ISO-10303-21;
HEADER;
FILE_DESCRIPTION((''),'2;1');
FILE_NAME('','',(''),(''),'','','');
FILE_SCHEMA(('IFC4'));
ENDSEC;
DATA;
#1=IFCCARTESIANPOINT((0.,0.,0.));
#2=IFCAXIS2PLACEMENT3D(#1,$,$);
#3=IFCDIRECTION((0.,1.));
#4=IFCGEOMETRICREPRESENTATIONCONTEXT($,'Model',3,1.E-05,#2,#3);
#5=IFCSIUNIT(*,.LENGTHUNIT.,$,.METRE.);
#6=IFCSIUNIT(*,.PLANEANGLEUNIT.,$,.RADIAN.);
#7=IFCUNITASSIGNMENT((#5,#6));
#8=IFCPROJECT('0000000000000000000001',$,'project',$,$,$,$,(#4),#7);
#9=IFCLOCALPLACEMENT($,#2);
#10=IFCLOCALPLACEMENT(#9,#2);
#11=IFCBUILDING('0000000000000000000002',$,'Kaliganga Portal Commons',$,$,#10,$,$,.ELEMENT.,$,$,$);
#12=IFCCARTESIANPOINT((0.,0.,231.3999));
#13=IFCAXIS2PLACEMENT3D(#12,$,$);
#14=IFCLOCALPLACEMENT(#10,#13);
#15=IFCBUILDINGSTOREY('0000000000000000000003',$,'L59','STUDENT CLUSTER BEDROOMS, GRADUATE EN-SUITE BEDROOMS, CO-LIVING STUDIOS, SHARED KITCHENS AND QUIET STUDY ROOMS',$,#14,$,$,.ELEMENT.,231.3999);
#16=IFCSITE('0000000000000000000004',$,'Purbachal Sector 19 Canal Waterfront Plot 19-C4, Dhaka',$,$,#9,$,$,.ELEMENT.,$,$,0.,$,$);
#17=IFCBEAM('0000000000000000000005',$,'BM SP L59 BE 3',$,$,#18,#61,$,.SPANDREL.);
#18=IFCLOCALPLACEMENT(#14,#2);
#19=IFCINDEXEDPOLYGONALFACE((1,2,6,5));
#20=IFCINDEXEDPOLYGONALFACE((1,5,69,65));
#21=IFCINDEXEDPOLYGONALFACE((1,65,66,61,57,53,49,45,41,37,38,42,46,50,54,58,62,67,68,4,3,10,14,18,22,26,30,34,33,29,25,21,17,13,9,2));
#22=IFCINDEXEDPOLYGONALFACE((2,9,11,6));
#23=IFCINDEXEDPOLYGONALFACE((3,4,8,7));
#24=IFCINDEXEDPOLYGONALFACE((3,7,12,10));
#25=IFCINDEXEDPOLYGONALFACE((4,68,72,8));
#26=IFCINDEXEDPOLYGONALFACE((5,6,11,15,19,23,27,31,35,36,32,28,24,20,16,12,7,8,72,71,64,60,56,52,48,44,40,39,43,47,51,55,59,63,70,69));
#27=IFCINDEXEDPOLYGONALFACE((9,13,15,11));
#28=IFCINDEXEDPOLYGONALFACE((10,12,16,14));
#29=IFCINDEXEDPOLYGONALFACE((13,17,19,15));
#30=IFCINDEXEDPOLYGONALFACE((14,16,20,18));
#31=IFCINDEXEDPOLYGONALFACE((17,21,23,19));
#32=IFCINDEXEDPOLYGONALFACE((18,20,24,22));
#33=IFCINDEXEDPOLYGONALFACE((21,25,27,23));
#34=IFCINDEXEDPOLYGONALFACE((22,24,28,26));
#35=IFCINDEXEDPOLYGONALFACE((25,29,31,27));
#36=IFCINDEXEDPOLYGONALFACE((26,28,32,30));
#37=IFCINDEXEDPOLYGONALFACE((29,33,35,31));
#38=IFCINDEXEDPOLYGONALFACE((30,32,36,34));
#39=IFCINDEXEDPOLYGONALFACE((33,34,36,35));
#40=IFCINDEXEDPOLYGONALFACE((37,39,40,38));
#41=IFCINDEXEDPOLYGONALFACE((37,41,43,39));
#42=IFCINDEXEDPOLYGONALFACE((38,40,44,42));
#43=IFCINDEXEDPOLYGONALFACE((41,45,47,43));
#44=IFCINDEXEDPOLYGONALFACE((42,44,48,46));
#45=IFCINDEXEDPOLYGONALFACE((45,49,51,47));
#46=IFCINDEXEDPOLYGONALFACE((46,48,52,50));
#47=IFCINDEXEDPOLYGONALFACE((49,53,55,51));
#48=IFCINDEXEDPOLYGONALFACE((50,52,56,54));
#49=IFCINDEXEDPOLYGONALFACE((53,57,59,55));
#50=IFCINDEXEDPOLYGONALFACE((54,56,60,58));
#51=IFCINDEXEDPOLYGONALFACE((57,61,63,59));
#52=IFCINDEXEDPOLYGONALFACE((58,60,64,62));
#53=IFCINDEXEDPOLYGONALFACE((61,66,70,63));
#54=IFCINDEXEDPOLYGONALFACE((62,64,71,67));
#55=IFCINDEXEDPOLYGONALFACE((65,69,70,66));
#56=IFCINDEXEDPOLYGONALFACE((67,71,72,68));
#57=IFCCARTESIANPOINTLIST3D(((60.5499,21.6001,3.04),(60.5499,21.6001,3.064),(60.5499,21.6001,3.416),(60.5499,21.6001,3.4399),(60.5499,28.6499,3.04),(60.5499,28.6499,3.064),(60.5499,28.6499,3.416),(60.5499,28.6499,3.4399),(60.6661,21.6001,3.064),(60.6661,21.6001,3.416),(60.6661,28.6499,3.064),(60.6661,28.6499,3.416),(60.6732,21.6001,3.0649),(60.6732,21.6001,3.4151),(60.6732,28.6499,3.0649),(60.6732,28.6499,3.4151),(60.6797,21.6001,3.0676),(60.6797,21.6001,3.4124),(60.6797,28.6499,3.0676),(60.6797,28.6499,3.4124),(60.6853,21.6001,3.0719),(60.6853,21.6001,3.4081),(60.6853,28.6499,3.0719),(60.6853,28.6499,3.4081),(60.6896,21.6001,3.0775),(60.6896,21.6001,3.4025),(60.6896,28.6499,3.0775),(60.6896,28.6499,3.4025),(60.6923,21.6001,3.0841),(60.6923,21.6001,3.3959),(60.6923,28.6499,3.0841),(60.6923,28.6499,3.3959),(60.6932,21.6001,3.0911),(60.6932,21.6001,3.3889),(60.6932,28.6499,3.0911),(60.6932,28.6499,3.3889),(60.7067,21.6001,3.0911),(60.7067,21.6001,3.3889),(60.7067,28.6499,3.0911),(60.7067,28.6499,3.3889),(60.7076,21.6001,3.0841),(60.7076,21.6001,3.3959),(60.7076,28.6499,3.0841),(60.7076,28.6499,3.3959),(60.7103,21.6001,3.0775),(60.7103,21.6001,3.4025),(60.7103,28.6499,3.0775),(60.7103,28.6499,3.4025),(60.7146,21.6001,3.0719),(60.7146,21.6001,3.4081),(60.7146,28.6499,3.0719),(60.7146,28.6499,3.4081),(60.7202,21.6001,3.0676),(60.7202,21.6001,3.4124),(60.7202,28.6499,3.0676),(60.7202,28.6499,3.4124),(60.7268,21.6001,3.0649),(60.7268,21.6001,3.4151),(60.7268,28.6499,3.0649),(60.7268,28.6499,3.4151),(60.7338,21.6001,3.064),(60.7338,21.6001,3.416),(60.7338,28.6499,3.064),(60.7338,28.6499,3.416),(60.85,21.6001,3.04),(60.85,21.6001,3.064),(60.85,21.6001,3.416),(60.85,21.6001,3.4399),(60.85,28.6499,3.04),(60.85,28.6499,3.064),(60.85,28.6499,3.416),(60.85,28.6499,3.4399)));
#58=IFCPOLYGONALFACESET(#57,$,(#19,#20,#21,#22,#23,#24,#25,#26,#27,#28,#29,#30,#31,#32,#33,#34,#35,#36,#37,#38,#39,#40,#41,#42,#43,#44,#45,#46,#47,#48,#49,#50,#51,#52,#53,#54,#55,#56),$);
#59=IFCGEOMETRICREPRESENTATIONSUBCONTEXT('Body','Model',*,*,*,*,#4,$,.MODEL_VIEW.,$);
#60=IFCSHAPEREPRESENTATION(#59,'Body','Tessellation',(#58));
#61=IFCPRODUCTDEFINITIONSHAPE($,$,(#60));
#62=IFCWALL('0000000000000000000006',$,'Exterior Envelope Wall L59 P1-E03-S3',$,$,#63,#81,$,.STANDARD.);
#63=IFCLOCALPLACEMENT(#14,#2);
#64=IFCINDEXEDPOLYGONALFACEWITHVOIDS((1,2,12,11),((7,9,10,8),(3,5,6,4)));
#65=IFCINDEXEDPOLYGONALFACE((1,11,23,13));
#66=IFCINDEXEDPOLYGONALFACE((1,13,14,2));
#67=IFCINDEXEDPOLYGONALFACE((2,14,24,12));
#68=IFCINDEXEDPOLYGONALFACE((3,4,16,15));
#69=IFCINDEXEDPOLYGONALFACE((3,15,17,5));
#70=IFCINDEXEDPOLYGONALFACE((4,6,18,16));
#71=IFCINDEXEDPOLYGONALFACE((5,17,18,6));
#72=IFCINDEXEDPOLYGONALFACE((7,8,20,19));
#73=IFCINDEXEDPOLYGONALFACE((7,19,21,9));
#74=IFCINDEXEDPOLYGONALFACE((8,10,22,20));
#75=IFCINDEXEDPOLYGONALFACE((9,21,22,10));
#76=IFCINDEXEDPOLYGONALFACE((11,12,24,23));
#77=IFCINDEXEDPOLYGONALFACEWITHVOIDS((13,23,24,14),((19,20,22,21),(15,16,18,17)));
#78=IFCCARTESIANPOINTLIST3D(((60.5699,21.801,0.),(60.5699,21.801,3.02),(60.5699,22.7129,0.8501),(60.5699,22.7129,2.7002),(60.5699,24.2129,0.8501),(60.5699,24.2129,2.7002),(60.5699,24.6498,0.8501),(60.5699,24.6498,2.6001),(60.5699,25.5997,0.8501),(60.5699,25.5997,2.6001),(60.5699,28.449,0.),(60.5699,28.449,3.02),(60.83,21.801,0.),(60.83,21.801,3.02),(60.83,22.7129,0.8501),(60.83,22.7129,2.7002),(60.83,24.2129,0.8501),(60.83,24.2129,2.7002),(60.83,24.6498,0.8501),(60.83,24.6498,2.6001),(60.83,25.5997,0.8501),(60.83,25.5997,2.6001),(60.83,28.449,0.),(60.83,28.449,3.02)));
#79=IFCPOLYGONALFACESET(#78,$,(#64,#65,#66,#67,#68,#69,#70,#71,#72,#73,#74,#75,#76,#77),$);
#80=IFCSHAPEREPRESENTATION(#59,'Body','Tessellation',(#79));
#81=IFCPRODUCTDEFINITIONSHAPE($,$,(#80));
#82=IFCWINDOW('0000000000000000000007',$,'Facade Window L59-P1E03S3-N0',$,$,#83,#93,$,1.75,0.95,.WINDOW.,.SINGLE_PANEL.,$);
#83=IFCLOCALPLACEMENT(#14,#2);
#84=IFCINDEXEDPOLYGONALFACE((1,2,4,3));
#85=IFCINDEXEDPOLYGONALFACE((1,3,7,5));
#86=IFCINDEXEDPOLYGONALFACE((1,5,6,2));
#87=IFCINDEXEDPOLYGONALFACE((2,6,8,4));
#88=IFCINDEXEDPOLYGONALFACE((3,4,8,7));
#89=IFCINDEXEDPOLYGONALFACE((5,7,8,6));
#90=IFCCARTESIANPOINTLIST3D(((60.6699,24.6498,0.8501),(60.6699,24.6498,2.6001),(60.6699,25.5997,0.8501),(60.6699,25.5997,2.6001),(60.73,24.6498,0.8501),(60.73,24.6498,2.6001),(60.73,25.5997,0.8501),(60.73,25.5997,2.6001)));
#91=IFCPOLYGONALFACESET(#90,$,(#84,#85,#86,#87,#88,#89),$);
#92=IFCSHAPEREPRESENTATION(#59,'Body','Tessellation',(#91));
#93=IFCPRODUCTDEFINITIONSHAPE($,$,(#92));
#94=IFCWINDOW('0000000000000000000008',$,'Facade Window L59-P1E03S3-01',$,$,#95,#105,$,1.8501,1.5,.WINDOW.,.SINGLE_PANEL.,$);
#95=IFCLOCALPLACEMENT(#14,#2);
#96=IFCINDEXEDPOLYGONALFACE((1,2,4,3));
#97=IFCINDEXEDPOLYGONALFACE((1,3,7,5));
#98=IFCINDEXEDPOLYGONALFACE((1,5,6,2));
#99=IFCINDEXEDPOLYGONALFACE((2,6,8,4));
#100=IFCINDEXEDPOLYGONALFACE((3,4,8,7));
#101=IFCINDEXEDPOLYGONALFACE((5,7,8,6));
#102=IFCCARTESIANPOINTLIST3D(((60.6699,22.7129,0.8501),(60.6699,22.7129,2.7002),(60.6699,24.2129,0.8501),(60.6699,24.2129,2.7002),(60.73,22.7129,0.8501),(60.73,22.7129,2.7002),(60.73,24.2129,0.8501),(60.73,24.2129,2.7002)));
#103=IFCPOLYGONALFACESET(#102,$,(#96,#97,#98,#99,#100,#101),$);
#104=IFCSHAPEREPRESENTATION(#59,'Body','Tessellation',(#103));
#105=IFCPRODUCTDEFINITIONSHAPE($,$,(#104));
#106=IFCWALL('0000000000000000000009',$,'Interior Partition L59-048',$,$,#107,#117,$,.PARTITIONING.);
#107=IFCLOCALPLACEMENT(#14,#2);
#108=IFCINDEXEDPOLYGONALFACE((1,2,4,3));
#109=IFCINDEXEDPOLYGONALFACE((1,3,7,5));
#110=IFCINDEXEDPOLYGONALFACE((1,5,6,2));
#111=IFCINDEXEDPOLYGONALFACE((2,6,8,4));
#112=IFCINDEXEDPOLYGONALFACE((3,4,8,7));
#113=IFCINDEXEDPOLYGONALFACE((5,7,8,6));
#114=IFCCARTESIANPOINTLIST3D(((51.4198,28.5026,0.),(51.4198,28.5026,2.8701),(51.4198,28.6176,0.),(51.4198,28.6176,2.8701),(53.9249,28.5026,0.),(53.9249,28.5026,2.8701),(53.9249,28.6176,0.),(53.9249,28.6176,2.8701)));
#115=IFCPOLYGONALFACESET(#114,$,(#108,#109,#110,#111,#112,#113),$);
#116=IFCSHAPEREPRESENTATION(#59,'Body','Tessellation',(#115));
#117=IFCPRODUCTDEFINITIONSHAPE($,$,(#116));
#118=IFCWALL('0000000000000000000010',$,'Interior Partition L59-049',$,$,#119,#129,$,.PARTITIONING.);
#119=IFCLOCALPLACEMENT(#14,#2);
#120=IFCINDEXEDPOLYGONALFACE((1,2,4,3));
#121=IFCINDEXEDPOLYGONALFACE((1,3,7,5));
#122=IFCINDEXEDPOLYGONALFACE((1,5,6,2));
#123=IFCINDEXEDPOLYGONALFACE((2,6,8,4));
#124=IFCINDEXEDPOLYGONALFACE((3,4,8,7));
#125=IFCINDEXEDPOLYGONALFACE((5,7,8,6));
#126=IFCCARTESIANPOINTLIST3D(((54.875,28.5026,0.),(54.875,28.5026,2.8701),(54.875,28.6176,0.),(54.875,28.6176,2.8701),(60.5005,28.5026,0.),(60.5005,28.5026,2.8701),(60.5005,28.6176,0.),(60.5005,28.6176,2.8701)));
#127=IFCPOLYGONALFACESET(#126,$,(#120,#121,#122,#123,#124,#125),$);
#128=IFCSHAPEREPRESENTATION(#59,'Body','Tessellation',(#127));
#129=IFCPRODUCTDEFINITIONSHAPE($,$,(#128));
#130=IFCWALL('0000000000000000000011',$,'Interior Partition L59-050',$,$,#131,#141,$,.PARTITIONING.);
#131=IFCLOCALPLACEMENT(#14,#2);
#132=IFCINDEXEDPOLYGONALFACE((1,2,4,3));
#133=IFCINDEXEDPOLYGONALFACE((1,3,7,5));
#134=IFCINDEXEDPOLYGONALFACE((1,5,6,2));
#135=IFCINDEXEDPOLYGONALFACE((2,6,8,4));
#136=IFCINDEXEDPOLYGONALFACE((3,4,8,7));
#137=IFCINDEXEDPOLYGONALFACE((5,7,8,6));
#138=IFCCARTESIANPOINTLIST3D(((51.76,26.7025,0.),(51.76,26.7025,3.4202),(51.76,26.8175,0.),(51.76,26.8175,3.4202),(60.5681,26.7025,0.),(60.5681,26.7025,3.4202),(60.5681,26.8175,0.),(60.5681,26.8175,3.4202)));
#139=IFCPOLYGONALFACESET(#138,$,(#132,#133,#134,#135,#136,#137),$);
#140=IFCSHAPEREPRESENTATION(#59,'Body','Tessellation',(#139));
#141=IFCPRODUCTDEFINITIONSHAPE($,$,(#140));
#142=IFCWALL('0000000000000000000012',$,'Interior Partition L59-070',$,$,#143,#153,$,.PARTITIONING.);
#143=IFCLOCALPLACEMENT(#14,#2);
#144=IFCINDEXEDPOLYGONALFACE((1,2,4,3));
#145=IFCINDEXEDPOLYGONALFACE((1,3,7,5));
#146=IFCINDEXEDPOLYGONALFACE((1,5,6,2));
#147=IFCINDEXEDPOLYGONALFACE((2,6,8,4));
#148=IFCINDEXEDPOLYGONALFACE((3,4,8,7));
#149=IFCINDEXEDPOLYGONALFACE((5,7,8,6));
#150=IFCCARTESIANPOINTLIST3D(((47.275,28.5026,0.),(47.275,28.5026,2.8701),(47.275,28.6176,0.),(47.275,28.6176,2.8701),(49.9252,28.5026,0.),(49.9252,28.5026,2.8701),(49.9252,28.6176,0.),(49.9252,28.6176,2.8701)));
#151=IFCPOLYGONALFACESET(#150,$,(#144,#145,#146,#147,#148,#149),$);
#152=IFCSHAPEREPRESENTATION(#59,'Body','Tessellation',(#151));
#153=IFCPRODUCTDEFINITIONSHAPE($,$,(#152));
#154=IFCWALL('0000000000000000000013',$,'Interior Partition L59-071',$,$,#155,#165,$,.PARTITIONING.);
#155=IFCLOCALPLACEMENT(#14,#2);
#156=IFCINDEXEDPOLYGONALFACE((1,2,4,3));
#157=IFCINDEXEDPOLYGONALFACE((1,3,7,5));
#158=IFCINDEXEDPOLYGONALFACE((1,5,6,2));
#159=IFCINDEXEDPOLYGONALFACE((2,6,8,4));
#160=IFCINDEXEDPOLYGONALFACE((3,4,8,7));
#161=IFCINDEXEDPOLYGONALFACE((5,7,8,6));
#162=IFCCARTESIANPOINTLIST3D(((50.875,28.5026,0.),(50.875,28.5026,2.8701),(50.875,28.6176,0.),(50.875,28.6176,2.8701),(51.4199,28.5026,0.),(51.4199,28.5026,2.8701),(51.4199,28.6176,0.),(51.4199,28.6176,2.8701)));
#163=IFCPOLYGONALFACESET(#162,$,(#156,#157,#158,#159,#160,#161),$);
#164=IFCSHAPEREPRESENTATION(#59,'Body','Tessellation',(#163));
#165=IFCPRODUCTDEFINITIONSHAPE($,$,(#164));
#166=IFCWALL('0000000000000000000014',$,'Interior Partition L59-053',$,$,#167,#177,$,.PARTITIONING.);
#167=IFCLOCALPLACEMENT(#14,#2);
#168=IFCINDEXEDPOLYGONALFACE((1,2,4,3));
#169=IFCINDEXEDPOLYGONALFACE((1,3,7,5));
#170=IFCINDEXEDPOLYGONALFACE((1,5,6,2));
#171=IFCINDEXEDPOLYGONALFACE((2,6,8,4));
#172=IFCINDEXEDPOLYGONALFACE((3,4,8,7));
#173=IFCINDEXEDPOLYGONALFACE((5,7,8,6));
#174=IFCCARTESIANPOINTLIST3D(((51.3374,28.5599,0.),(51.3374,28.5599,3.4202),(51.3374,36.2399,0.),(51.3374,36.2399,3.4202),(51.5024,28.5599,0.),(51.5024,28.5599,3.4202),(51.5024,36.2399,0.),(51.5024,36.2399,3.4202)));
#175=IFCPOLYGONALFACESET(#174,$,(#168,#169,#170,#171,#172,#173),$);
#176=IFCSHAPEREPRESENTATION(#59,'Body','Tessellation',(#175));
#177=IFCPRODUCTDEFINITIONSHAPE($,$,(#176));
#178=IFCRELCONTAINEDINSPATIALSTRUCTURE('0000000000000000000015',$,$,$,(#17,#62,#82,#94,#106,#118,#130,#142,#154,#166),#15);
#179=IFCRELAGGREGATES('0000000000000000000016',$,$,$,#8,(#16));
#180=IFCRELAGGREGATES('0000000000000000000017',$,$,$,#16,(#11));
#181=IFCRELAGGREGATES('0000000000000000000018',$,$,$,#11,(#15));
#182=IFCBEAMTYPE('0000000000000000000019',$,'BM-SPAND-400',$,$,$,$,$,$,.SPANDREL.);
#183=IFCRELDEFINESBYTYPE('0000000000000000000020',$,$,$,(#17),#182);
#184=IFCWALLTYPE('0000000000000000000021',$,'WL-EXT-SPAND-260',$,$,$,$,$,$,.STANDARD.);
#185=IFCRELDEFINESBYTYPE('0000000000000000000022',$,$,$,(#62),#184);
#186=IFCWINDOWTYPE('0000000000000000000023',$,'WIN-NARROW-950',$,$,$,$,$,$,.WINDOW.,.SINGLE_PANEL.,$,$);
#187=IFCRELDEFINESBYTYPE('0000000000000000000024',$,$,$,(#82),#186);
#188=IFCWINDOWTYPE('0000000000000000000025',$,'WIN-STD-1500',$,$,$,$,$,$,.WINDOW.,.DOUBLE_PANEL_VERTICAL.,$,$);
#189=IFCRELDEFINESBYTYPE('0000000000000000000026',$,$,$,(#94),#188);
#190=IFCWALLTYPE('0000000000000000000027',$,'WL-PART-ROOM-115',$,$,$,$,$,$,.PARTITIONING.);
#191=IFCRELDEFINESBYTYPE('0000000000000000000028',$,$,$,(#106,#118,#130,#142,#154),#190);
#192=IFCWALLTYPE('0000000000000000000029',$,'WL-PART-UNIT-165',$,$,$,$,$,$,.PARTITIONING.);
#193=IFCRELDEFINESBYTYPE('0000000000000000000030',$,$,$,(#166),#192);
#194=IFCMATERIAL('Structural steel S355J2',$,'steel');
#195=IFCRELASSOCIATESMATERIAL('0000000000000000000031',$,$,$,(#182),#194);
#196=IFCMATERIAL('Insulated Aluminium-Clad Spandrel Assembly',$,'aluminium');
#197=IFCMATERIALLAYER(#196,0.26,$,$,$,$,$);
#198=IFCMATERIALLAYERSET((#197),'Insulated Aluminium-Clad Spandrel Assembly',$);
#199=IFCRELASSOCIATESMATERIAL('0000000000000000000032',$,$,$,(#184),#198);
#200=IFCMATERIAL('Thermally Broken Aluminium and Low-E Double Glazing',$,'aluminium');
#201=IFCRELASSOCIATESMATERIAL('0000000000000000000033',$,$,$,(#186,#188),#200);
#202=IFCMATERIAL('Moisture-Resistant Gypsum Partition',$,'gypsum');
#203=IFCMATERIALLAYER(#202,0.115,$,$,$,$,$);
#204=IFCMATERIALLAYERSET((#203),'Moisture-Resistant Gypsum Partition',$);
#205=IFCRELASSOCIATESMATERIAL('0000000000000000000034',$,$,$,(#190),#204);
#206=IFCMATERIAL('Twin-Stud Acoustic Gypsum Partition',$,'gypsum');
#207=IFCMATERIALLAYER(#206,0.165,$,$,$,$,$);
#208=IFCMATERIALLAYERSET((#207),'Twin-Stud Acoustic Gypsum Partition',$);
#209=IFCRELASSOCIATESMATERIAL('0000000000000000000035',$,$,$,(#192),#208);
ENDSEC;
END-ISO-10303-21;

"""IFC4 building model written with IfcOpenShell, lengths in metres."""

from ifc_helpers import new_model, si_unit, direction, frame, frame_2d, origin, origin_2d, place, context, subcontext, project, spatial, rectangle, i_section, extrude, source, transform, mapped, material, layer, layer_set, material_profile, profile_set, type_object, element, fill, save


model = new_model("IFC4")

# Units and contexts
model_context = context("Model", 3, precision=1e-05, world=origin(), true_north=direction((0.0, 1.0)))
body_context = subcontext(model_context, "Body", "Model", "MODEL_VIEW")
ifc_project = project(units=[si_unit("LENGTHUNIT", "METRE"), si_unit("PLANEANGLEUNIT", "RADIAN")], contexts=[model_context])

# Site, building, storey
site_placement = place(None, origin())
site = spatial("IfcSite", under=ifc_project, at=site_placement, Name="Purbachal Sector 19 Canal Waterfront Plot 19-C4, Dhaka", CompositionType="ELEMENT", RefElevation=0.0)
building_placement = place(site_placement, origin())
building = spatial("IfcBuilding", under=site, at=building_placement, Name="Kaliganga Portal Commons", CompositionType="ELEMENT")
storey_placement = place(building_placement, frame((0.0, 0.0, 231.3999)))
storey = spatial("IfcBuildingStorey", under=building, at=storey_placement, Name="L59", Description="STUDENT CLUSTER BEDROOMS, GRADUATE EN-SUITE BEDROOMS, CO-LIVING STUDIOS, SHARED KITCHENS AND QUIET STUDY ROOMS", CompositionType="ELEMENT", Elevation=231.3999)

# Shared definitions
ifc_material_1 = material(Name="Structural steel S355J2", Category="steel")

# Beam
ifc_material_profile_1 = material_profile(ifc_material_1, i_section(OverallWidth=0.3, OverallDepth=0.3999, WebThickness=0.0134, FlangeThickness=0.0239, FilletRadius=0.0271, at=origin_2d()), Name="HE 400 B")
ifc_profile_set_1 = profile_set([ifc_material_profile_1], Name="Structural steel S355J2 wide-flange")
beam_type_1 = type_object("IfcBeamType", Name="BM-SPAND-400", PredefinedType="SPANDREL", material=ifc_profile_set_1)
shared_shape_1 = source(origin(), body_context, "Body", "SweptSolid", [
    extrude(i_section(OverallWidth=0.3, OverallDepth=0.3999, WebThickness=0.0134, FlangeThickness=0.0239, FilletRadius=0.0271, at=origin_2d()), origin(), (0.0, 0.0, 1.0), 7.0498),
])
beam_1_placement = place(storey_placement, frame((60.7, 21.6001, 3.24), z_axis=(0.0, 1.0, 0.0), x_axis=(-1.0, 0.0, 0.0)))
element("IfcBeam", 1, at=beam_1_placement, inside=storey, type_object=beam_type_1, Name="BM SP L59 BE 3", PredefinedType="SPANDREL", context=body_context, shape_type="MappedRepresentation", body=[
    mapped(shared_shape_1, transform((0.0, 0.0, 0.0), x_axis=(1.0, 0.0, 0.0), y_axis=(0.0, 1.0, 0.0), z_axis=(0.0, 0.0, 1.0), scale=1.0)),
])

# Wall, openings, windows
ifc_material_2 = material(Name="Insulated Aluminium-Clad Spandrel Assembly", Category="aluminium")
ifc_layer_1 = layer(ifc_material_2, 0.26)
ifc_layer_set_1 = layer_set([ifc_layer_1], Name="Insulated Aluminium-Clad Spandrel Assembly")
wall_type_1 = type_object("IfcWallType", Name="WL-EXT-SPAND-260", PredefinedType="STANDARD", material=ifc_layer_set_1)
wall_1_placement = place(storey_placement, frame((60.7, 28.449, 0.0), z_axis=(0.0, 0.0, 1.0), x_axis=(0.0, -1.0, 0.0)))
wall_1 = element("IfcWall", 2, at=wall_1_placement, inside=storey, type_object=wall_type_1, Name="Exterior Envelope Wall L59 P1-E03-S3", PredefinedType="STANDARD", context=body_context, shape_type="SweptSolid", body=[
    extrude(rectangle(XDim=6.6479, YDim=0.26, at=frame_2d((3.324, 0.0))), origin(), (0.0, 0.0, 1.0), 3.02),
])
opening_1_placement = place(wall_1_placement, frame((4.2361, 0.0, 0.8501)))
opening_1 = element("IfcOpeningElement", 3, at=opening_1_placement, cuts=wall_1, PredefinedType="OPENING", context=body_context, shape_type="SweptSolid", body=[
    extrude(rectangle(XDim=1.5, YDim=1.8501, at=frame_2d((0.75, 0.925))), frame((0.0, 0.1401, 0.0), z_axis=(0.0, -1.0, 0.0), x_axis=(1.0, 0.0, 0.0)), (0.0, 0.0, 1.0), 0.28),
])
opening_2_placement = place(wall_1_placement, frame((2.8491, 0.0, 0.8501)))
opening_2 = element("IfcOpeningElement", 4, at=opening_2_placement, cuts=wall_1, PredefinedType="OPENING", context=body_context, shape_type="SweptSolid", body=[
    extrude(rectangle(XDim=0.95, YDim=1.75, at=frame_2d((0.4751, 0.875))), frame((0.0, 0.1401, 0.0), z_axis=(0.0, -1.0, 0.0), x_axis=(1.0, 0.0, 0.0)), (0.0, 0.0, 1.0), 0.28),
])
ifc_material_3 = material(Name="Thermally Broken Aluminium and Low-E Double Glazing", Category="aluminium")
window_type_1 = type_object("IfcWindowType", Name="WIN-NARROW-950", PartitioningType="SINGLE_PANEL", PredefinedType="WINDOW", material=ifc_material_3)
window_1_placement = place(opening_2_placement, origin())
window_1 = element("IfcWindow", 5, at=window_1_placement, inside=storey, type_object=window_type_1, Name="Facade Window L59-P1E03S3-N0", OverallHeight=1.75, OverallWidth=0.95, PartitioningType="SINGLE_PANEL", PredefinedType="WINDOW", context=body_context, shape_type="SweptSolid", body=[
    extrude(rectangle(XDim=0.95, YDim=1.75, at=frame_2d((0.4751, 0.875))), frame((0.0, 0.03, 0.0), z_axis=(0.0, -1.0, 0.0), x_axis=(1.0, 0.0, 0.0)), (0.0, 0.0, 1.0), 0.0601),
])
fill(opening_2, window_1)
window_type_2 = type_object("IfcWindowType", Name="WIN-STD-1500", PartitioningType="DOUBLE_PANEL_VERTICAL", PredefinedType="WINDOW", material=ifc_material_3)
window_2_placement = place(opening_1_placement, origin())
window_2 = element("IfcWindow", 6, at=window_2_placement, inside=storey, type_object=window_type_2, Name="Facade Window L59-P1E03S3-01", OverallHeight=1.8501, OverallWidth=1.5, PartitioningType="SINGLE_PANEL", PredefinedType="WINDOW", context=body_context, shape_type="SweptSolid", body=[
    extrude(rectangle(XDim=1.5, YDim=1.8501, at=frame_2d((0.75, 0.925))), frame((0.0, 0.03, 0.0), z_axis=(0.0, -1.0, 0.0), x_axis=(1.0, 0.0, 0.0)), (0.0, 0.0, 1.0), 0.0601),
])
fill(opening_1, window_2)

# Walls
ifc_material_4 = material(Name="Moisture-Resistant Gypsum Partition", Category="gypsum")
ifc_layer_2 = layer(ifc_material_4, 0.115)
ifc_layer_set_2 = layer_set([ifc_layer_2], Name="Moisture-Resistant Gypsum Partition")
wall_type_2 = type_object("IfcWallType", Name="WL-PART-ROOM-115", PredefinedType="PARTITIONING", material=ifc_layer_set_2)
wall_2_placement = place(storey_placement, frame((51.4199, 28.5601, 0.0), z_axis=(0.0, 0.0, 1.0), x_axis=(1.0, 0.0, 0.0)))
element("IfcWall", 7, at=wall_2_placement, inside=storey, type_object=wall_type_2, Name="Interior Partition L59-048", PredefinedType="PARTITIONING", context=body_context, shape_type="SweptSolid", body=[
    extrude(rectangle(XDim=2.5051, YDim=0.115, at=frame_2d((1.2524, 0.0))), origin(), (0.0, 0.0, 1.0), 2.8701),
])
wall_3_placement = place(storey_placement, frame((54.875, 28.5601, 0.0), z_axis=(0.0, 0.0, 1.0), x_axis=(1.0, 0.0, 0.0)))
element("IfcWall", 8, at=wall_3_placement, inside=storey, type_object=wall_type_2, Name="Interior Partition L59-049", PredefinedType="PARTITIONING", context=body_context, shape_type="SweptSolid", body=[
    extrude(rectangle(XDim=5.6255, YDim=0.115, at=frame_2d((2.8127, 0.0))), origin(), (0.0, 0.0, 1.0), 2.8701),
])
wall_4_placement = place(storey_placement, frame((51.76, 26.76, 0.0), z_axis=(0.0, 0.0, 1.0), x_axis=(1.0, 0.0, 0.0)))
element("IfcWall", 9, at=wall_4_placement, inside=storey, type_object=wall_type_2, Name="Interior Partition L59-050", PredefinedType="PARTITIONING", context=body_context, shape_type="SweptSolid", body=[
    extrude(rectangle(XDim=8.8081, YDim=0.115, at=frame_2d((4.4041, 0.0))), origin(), (0.0, 0.0, 1.0), 3.4202),
])
wall_5_placement = place(storey_placement, frame((47.2749, 28.5601, 0.0), z_axis=(0.0, 0.0, 1.0), x_axis=(1.0, 0.0, 0.0)))
element("IfcWall", 10, at=wall_5_placement, inside=storey, type_object=wall_type_2, Name="Interior Partition L59-070", PredefinedType="PARTITIONING", context=body_context, shape_type="SweptSolid", body=[
    extrude(rectangle(XDim=2.6501, YDim=0.115, at=frame_2d((1.3252, 0.0))), origin(), (0.0, 0.0, 1.0), 2.8701),
])
wall_6_placement = place(storey_placement, frame((50.875, 28.5601, 0.0), z_axis=(0.0, 0.0, 1.0), x_axis=(1.0, 0.0, 0.0)))
element("IfcWall", 11, at=wall_6_placement, inside=storey, type_object=wall_type_2, Name="Interior Partition L59-071", PredefinedType="PARTITIONING", context=body_context, shape_type="SweptSolid", body=[
    extrude(rectangle(XDim=0.5449, YDim=0.115, at=frame_2d((0.2725, 0.0))), origin(), (0.0, 0.0, 1.0), 2.8701),
])
ifc_material_5 = material(Name="Twin-Stud Acoustic Gypsum Partition", Category="gypsum")
ifc_layer_3 = layer(ifc_material_5, 0.165)
ifc_layer_set_3 = layer_set([ifc_layer_3], Name="Twin-Stud Acoustic Gypsum Partition")
wall_type_3 = type_object("IfcWallType", Name="WL-PART-UNIT-165", PredefinedType="PARTITIONING", material=ifc_layer_set_3)
wall_7_placement = place(storey_placement, frame((51.4199, 28.5601, 0.0), z_axis=(0.0, 0.0, 1.0), x_axis=(0.0, 1.0, 0.0)))
element("IfcWall", 12, at=wall_7_placement, inside=storey, type_object=wall_type_3, Name="Interior Partition L59-053", PredefinedType="PARTITIONING", context=body_context, shape_type="SweptSolid", body=[
    extrude(rectangle(XDim=7.6799, YDim=0.165, at=frame_2d((3.8398, 0.0))), origin(), (0.0, 0.0, 1.0), 3.4202),
])

save(model, "model.ifc")
